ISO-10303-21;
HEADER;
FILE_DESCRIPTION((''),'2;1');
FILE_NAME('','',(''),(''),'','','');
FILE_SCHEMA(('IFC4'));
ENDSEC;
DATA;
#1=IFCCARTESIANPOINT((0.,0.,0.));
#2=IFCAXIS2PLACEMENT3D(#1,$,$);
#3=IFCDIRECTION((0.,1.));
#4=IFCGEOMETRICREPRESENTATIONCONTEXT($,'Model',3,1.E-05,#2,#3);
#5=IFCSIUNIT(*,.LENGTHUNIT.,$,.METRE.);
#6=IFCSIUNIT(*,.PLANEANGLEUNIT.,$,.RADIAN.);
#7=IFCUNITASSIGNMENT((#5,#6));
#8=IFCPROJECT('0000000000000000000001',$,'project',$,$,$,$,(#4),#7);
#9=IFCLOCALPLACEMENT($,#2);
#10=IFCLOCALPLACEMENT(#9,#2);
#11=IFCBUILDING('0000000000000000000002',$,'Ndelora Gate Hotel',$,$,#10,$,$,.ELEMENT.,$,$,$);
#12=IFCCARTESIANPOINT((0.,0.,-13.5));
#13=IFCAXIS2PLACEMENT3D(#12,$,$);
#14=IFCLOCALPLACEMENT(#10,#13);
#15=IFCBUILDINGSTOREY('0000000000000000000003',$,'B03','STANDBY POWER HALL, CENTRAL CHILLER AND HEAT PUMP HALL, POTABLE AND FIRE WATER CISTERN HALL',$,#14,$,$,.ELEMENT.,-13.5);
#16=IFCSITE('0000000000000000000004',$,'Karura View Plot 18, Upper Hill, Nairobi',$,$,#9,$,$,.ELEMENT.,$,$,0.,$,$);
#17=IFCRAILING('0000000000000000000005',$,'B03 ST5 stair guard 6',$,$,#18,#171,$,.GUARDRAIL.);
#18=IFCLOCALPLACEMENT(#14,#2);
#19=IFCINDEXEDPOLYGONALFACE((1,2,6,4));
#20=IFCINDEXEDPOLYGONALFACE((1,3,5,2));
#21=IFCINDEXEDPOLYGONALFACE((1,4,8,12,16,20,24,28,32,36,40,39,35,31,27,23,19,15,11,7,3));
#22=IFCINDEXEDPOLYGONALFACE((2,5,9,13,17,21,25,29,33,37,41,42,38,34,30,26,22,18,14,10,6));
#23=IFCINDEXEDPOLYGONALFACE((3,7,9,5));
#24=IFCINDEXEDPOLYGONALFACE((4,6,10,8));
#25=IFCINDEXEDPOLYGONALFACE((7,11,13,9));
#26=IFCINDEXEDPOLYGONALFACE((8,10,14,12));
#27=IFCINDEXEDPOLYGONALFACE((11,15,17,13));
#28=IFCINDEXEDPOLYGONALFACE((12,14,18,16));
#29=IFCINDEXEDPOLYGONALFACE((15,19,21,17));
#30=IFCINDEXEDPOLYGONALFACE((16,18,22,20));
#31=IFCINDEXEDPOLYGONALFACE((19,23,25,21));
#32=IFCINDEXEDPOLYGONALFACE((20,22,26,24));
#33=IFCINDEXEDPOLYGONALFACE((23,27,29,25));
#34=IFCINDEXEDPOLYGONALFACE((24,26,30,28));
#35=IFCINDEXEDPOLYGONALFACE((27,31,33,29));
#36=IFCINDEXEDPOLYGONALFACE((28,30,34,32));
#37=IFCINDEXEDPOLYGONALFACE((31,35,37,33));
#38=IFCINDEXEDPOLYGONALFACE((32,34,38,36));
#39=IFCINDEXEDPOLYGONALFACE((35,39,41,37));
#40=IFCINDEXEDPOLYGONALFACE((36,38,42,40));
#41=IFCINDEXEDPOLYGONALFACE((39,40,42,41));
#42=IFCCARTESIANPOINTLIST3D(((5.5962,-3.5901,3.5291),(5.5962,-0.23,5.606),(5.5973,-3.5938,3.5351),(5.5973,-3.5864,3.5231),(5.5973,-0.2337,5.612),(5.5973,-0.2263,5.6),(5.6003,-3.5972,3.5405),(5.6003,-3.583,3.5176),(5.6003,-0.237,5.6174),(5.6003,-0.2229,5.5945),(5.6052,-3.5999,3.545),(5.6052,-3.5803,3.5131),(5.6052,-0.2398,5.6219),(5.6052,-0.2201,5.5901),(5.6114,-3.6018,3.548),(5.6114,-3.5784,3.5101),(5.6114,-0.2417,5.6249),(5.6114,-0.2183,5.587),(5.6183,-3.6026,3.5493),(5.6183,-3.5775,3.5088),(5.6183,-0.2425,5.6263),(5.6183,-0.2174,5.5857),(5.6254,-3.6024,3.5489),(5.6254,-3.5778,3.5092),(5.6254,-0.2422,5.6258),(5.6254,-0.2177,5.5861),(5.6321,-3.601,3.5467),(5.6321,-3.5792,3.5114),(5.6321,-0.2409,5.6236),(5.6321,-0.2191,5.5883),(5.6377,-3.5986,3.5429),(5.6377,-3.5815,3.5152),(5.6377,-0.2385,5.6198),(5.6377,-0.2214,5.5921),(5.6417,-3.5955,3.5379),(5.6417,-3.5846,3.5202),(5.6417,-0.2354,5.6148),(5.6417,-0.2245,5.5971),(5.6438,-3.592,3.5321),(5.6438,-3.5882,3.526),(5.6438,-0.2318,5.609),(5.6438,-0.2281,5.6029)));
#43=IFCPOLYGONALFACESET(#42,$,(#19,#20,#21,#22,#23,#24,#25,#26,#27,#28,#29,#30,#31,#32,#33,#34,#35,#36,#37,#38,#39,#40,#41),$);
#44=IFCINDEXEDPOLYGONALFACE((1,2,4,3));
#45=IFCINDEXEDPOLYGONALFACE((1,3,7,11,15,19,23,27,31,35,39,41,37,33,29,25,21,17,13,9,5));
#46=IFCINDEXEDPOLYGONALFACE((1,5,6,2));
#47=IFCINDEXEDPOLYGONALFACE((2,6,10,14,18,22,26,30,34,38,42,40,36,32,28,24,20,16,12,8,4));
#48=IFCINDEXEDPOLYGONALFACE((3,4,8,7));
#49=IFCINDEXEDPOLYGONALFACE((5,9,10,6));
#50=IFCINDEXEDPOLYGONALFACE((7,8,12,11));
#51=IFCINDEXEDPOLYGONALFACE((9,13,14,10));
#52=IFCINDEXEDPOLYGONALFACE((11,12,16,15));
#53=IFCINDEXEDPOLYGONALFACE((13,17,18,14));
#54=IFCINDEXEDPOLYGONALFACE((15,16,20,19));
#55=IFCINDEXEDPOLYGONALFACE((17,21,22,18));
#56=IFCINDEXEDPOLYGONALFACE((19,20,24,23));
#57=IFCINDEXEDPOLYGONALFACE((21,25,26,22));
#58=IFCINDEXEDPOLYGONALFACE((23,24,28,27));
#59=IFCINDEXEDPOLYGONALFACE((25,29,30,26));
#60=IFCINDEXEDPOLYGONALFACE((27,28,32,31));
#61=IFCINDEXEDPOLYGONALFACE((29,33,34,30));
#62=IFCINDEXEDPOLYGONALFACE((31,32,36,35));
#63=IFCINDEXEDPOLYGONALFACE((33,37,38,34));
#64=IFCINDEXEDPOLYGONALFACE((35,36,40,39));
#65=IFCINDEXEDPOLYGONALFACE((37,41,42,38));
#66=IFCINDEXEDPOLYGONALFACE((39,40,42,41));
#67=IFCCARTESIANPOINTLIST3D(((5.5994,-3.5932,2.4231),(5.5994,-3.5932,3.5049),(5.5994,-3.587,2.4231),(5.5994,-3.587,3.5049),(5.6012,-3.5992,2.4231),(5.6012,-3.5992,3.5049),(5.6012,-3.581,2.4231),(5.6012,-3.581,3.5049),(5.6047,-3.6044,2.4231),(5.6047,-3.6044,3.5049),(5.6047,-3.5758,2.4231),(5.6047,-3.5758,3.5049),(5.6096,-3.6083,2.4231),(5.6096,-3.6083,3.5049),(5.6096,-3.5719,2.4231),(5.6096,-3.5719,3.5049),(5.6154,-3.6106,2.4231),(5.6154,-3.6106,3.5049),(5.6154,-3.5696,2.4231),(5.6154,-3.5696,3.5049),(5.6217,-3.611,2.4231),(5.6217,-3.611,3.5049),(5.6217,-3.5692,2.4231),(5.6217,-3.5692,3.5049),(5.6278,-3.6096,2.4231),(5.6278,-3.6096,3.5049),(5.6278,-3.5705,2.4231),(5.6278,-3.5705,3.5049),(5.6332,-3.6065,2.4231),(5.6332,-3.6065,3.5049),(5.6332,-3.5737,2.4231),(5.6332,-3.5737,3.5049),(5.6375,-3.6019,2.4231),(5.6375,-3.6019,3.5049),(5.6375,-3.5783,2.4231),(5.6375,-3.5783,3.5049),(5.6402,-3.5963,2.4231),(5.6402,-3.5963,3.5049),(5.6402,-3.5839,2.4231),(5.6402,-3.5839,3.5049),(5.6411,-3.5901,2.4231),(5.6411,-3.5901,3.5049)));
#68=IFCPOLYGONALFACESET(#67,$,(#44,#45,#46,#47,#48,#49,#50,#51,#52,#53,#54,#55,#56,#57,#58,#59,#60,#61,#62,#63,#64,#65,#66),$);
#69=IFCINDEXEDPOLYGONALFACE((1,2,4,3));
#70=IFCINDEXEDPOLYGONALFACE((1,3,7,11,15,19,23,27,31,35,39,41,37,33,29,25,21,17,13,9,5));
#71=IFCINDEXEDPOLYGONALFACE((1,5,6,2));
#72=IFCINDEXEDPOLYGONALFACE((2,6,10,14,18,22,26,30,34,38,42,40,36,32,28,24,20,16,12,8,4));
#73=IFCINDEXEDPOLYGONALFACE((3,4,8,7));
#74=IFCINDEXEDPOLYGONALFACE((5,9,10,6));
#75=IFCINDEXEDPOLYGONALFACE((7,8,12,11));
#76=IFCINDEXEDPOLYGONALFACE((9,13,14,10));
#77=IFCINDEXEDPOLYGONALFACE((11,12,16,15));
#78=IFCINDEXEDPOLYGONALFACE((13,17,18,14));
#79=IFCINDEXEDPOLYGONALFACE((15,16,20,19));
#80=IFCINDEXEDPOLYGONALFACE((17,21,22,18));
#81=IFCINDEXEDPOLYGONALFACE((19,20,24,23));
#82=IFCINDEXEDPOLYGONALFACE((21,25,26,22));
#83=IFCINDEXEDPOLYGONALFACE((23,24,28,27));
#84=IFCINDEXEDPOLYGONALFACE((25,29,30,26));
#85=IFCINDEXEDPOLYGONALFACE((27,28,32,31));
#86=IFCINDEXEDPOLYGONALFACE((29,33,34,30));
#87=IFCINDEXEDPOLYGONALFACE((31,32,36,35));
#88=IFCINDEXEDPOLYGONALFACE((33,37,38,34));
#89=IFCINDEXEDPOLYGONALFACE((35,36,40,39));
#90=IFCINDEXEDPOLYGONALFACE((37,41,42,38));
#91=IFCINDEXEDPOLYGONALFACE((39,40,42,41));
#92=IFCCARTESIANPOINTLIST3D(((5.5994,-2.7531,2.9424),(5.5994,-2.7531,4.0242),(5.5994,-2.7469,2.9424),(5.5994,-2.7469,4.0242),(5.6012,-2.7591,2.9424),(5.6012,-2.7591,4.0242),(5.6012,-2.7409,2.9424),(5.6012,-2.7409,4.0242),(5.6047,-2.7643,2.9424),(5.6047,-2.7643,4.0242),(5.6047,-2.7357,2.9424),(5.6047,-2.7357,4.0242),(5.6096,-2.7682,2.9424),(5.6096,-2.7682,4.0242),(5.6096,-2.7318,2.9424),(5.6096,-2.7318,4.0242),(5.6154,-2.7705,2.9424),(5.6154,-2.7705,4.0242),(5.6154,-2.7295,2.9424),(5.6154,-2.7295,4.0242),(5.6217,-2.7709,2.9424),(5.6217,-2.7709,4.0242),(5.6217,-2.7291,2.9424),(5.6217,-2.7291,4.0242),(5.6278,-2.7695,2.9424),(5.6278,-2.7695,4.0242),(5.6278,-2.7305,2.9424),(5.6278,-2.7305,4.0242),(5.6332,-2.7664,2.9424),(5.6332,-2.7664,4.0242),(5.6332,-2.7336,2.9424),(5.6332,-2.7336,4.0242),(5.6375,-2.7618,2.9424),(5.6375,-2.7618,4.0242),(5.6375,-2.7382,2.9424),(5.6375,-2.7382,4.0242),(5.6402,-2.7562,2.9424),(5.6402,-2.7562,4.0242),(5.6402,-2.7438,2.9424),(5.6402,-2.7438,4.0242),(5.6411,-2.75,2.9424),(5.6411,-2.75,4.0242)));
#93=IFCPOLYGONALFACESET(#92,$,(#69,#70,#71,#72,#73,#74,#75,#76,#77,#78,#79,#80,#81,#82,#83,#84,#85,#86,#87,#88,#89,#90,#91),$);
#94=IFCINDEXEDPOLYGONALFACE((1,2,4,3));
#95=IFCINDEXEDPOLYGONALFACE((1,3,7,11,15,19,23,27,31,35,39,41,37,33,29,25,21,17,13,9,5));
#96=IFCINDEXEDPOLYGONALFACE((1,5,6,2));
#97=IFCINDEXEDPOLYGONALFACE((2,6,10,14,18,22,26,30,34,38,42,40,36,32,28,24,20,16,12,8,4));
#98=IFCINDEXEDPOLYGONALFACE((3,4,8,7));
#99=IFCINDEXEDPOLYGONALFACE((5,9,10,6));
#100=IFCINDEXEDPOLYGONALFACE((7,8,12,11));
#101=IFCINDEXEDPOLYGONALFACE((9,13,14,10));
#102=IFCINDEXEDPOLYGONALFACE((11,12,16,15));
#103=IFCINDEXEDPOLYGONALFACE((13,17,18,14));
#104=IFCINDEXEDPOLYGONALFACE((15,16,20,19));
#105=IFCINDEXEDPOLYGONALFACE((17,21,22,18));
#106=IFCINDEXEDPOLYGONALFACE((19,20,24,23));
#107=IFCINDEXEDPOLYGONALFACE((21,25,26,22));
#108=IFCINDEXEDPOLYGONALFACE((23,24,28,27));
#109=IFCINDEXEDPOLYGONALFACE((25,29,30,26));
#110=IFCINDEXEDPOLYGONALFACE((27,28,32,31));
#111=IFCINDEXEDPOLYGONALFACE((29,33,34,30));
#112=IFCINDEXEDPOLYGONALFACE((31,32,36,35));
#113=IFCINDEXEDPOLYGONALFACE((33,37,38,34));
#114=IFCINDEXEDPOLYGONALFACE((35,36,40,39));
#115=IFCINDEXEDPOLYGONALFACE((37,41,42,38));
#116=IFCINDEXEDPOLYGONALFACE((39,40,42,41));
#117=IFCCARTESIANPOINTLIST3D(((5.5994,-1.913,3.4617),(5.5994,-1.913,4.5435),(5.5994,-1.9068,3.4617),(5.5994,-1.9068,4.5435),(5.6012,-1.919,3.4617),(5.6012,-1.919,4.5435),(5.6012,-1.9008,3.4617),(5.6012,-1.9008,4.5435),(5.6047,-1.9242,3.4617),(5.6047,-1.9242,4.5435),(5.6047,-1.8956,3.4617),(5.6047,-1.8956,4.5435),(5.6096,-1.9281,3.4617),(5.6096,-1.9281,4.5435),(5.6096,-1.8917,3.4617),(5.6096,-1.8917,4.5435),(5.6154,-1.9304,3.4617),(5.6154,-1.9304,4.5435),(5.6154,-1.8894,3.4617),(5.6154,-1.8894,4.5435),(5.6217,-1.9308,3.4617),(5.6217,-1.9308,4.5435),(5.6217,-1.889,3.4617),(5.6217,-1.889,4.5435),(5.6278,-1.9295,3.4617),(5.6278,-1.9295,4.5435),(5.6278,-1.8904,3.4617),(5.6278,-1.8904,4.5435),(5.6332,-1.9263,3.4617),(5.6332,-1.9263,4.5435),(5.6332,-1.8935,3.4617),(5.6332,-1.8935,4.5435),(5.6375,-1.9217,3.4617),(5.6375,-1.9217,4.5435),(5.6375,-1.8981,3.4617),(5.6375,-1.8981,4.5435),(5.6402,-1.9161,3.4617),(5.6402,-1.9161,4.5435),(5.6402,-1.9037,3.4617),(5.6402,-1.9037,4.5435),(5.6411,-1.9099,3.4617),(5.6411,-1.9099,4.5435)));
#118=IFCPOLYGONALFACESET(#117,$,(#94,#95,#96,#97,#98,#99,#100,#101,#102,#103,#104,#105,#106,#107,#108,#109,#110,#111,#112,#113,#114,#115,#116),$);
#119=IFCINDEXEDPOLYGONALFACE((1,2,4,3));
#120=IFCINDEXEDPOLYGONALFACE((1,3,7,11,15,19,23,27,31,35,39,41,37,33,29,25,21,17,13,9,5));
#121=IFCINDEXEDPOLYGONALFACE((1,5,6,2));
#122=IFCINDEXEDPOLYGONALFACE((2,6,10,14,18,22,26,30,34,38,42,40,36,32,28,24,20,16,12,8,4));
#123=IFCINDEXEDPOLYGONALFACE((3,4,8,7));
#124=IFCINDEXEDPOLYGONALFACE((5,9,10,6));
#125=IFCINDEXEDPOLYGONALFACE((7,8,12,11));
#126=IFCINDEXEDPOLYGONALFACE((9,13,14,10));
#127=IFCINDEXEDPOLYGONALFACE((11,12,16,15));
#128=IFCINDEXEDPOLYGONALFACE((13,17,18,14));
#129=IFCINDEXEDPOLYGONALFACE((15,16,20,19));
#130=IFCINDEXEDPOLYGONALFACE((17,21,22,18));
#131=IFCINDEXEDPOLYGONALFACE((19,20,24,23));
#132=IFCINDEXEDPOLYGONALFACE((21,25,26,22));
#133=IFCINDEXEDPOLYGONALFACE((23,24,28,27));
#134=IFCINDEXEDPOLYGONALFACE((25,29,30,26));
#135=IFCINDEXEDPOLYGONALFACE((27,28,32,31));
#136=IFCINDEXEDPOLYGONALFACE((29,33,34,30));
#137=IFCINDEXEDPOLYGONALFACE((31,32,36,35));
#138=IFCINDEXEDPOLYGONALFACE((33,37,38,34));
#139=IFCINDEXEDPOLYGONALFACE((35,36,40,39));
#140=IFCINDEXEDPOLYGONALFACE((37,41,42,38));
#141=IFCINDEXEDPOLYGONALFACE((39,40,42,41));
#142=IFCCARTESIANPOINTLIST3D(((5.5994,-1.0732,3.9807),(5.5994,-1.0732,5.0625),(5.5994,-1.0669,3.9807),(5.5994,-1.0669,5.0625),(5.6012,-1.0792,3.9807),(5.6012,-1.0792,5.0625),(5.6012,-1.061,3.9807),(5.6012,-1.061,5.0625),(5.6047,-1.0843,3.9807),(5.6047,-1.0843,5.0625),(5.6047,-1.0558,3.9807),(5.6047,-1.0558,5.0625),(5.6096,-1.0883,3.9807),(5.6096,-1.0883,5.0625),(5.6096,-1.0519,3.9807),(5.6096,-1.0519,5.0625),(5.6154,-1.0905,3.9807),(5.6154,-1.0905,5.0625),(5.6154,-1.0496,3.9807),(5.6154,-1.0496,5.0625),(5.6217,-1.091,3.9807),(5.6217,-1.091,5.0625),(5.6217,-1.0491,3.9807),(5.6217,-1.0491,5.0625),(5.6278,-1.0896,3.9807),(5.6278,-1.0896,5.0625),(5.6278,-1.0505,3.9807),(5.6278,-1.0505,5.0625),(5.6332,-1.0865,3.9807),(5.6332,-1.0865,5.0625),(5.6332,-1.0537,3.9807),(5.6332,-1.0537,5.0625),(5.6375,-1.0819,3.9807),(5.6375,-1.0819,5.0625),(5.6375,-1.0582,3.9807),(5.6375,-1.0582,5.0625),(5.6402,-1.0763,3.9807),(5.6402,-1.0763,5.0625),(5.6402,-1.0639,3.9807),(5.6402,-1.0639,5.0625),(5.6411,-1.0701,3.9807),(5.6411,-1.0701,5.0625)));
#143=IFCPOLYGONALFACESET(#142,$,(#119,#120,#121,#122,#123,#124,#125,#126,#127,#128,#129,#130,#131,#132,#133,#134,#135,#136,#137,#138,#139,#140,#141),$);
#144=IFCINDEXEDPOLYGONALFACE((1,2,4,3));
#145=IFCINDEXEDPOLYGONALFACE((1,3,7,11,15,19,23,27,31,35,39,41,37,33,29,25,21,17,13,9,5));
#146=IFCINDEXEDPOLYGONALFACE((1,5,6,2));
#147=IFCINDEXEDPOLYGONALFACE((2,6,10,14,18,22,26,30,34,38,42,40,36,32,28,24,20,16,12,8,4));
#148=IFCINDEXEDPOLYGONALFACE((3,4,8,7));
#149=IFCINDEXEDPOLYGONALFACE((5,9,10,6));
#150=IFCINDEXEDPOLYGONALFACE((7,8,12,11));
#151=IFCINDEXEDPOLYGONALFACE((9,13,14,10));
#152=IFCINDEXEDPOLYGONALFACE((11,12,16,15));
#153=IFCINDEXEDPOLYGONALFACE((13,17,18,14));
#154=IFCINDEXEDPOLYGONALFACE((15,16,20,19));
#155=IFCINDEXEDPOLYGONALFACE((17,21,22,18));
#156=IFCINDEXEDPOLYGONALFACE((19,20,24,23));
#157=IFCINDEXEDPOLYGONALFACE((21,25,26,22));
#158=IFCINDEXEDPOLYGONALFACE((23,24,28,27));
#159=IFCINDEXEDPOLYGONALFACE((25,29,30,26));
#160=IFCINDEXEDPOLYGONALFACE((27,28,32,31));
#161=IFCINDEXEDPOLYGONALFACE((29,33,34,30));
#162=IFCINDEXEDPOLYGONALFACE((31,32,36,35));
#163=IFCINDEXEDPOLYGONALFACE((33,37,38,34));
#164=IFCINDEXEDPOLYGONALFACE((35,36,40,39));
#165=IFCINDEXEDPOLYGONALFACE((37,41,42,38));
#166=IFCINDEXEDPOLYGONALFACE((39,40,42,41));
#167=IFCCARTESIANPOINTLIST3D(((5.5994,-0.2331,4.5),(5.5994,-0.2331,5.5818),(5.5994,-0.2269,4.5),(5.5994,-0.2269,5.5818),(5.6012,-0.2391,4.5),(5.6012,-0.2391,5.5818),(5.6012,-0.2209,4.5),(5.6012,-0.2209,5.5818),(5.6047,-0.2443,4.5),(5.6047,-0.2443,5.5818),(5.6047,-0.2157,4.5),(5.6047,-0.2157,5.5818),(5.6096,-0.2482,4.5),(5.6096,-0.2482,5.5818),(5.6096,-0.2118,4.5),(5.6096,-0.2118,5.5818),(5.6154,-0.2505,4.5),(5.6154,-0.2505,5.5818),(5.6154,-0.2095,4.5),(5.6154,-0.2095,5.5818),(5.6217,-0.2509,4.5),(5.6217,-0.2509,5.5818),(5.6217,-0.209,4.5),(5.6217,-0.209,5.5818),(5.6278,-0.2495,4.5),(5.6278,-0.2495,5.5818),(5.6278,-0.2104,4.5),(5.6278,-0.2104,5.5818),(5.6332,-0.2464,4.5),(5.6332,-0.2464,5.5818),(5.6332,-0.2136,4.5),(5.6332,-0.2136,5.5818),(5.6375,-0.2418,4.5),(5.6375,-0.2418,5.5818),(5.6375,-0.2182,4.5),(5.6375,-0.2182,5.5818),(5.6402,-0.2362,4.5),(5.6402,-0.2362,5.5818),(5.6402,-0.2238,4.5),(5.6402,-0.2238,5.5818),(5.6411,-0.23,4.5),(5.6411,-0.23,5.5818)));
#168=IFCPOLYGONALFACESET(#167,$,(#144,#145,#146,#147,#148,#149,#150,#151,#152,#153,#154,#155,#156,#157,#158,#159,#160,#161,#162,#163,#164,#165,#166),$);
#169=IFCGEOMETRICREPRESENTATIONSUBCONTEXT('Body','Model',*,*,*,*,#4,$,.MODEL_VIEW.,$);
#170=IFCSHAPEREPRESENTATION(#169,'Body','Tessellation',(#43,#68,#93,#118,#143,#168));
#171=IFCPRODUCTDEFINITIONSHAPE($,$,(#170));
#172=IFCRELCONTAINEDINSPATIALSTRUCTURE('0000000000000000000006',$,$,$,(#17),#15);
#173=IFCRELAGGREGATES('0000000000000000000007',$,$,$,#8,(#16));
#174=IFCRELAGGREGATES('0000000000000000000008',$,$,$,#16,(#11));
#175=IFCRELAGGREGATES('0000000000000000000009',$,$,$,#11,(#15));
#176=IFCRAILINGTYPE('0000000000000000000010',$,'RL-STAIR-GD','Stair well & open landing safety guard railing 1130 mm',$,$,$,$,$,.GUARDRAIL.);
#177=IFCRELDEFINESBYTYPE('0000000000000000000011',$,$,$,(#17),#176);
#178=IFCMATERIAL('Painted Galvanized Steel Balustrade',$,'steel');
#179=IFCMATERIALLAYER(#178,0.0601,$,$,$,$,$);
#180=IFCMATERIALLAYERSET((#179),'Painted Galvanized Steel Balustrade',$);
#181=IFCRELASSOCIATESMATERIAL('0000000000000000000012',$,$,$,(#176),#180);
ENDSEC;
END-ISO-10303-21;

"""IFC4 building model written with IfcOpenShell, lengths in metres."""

from ifc_helpers import new_model, si_unit, direction, frame, origin, origin_2d, place, context, subcontext, project, spatial, circle, extrude, material, layer, layer_set, type_object, element, save


model = new_model("IFC4")

# Units and contexts
model_context = context("Model", 3, precision=1e-05, world=origin(), true_north=direction((0.0, 1.0)))
body_context = subcontext(model_context, "Body", "Model", "MODEL_VIEW")
ifc_project = project(units=[si_unit("LENGTHUNIT", "METRE"), si_unit("PLANEANGLEUNIT", "RADIAN")], contexts=[model_context])

# Site, building, storey
site_placement = place(None, origin())
site = spatial("IfcSite", under=ifc_project, at=site_placement, Name="Karura View Plot 18, Upper Hill, Nairobi", CompositionType="ELEMENT", RefElevation=0.0)
building_placement = place(site_placement, origin())
building = spatial("IfcBuilding", under=site, at=building_placement, Name="Ndelora Gate Hotel", CompositionType="ELEMENT")
storey_placement = place(building_placement, frame((0.0, 0.0, -13.5)))
storey = spatial("IfcBuildingStorey", under=building, at=storey_placement, Name="B03", Description="STANDBY POWER HALL, CENTRAL CHILLER AND HEAT PUMP HALL, POTABLE AND FIRE WATER CISTERN HALL", CompositionType="ELEMENT", Elevation=-13.5)

# Railing
ifc_material_1 = material(Name="Painted Galvanized Steel Balustrade", Category="steel")
ifc_layer_1 = layer(ifc_material_1, 0.0601)
ifc_layer_set_1 = layer_set([ifc_layer_1], Name="Painted Galvanized Steel Balustrade")
railing_type_1 = type_object("IfcRailingType", Name="RL-STAIR-GD", Description="Stair well & open landing safety guard railing 1130 mm", PredefinedType="GUARDRAIL", material=ifc_layer_set_1)
railing_1_placement = place(storey_placement, frame((5.6201, -3.5901, 2.4231)))
element("IfcRailing", 1, at=railing_1_placement, inside=storey, type_object=railing_type_1, Name="B03 ST5 stair guard 6", PredefinedType="GUARDRAIL", context=body_context, shape_type="SweptSolid", body=[
    extrude(circle(Radius=0.0239, at=origin_2d()), frame((0.0, 0.0, 1.106), z_axis=(0.0, 0.850623, 0.525776), x_axis=(-1.0, 0.0, 0.0)), (0.0, 0.0, 1.0), 3.9502),
    extrude(circle(Radius=0.021, at=origin_2d()), origin(), (0.0, 0.0, 1.0), 1.0818),
    extrude(circle(Radius=0.021, at=origin_2d()), frame((0.0, 0.8401, 0.5193)), (0.0, 0.0, 1.0), 1.0818),
    extrude(circle(Radius=0.021, at=origin_2d()), frame((0.0, 1.6802, 1.0386)), (0.0, 0.0, 1.0), 1.0818),
    extrude(circle(Radius=0.021, at=origin_2d()), frame((0.0, 2.52, 1.5576)), (0.0, 0.0, 1.0), 1.0818),
    extrude(circle(Radius=0.021, at=origin_2d()), frame((0.0, 3.3601, 2.0769)), (0.0, 0.0, 1.0), 1.0818),
])

save(model, "model.ifc")
